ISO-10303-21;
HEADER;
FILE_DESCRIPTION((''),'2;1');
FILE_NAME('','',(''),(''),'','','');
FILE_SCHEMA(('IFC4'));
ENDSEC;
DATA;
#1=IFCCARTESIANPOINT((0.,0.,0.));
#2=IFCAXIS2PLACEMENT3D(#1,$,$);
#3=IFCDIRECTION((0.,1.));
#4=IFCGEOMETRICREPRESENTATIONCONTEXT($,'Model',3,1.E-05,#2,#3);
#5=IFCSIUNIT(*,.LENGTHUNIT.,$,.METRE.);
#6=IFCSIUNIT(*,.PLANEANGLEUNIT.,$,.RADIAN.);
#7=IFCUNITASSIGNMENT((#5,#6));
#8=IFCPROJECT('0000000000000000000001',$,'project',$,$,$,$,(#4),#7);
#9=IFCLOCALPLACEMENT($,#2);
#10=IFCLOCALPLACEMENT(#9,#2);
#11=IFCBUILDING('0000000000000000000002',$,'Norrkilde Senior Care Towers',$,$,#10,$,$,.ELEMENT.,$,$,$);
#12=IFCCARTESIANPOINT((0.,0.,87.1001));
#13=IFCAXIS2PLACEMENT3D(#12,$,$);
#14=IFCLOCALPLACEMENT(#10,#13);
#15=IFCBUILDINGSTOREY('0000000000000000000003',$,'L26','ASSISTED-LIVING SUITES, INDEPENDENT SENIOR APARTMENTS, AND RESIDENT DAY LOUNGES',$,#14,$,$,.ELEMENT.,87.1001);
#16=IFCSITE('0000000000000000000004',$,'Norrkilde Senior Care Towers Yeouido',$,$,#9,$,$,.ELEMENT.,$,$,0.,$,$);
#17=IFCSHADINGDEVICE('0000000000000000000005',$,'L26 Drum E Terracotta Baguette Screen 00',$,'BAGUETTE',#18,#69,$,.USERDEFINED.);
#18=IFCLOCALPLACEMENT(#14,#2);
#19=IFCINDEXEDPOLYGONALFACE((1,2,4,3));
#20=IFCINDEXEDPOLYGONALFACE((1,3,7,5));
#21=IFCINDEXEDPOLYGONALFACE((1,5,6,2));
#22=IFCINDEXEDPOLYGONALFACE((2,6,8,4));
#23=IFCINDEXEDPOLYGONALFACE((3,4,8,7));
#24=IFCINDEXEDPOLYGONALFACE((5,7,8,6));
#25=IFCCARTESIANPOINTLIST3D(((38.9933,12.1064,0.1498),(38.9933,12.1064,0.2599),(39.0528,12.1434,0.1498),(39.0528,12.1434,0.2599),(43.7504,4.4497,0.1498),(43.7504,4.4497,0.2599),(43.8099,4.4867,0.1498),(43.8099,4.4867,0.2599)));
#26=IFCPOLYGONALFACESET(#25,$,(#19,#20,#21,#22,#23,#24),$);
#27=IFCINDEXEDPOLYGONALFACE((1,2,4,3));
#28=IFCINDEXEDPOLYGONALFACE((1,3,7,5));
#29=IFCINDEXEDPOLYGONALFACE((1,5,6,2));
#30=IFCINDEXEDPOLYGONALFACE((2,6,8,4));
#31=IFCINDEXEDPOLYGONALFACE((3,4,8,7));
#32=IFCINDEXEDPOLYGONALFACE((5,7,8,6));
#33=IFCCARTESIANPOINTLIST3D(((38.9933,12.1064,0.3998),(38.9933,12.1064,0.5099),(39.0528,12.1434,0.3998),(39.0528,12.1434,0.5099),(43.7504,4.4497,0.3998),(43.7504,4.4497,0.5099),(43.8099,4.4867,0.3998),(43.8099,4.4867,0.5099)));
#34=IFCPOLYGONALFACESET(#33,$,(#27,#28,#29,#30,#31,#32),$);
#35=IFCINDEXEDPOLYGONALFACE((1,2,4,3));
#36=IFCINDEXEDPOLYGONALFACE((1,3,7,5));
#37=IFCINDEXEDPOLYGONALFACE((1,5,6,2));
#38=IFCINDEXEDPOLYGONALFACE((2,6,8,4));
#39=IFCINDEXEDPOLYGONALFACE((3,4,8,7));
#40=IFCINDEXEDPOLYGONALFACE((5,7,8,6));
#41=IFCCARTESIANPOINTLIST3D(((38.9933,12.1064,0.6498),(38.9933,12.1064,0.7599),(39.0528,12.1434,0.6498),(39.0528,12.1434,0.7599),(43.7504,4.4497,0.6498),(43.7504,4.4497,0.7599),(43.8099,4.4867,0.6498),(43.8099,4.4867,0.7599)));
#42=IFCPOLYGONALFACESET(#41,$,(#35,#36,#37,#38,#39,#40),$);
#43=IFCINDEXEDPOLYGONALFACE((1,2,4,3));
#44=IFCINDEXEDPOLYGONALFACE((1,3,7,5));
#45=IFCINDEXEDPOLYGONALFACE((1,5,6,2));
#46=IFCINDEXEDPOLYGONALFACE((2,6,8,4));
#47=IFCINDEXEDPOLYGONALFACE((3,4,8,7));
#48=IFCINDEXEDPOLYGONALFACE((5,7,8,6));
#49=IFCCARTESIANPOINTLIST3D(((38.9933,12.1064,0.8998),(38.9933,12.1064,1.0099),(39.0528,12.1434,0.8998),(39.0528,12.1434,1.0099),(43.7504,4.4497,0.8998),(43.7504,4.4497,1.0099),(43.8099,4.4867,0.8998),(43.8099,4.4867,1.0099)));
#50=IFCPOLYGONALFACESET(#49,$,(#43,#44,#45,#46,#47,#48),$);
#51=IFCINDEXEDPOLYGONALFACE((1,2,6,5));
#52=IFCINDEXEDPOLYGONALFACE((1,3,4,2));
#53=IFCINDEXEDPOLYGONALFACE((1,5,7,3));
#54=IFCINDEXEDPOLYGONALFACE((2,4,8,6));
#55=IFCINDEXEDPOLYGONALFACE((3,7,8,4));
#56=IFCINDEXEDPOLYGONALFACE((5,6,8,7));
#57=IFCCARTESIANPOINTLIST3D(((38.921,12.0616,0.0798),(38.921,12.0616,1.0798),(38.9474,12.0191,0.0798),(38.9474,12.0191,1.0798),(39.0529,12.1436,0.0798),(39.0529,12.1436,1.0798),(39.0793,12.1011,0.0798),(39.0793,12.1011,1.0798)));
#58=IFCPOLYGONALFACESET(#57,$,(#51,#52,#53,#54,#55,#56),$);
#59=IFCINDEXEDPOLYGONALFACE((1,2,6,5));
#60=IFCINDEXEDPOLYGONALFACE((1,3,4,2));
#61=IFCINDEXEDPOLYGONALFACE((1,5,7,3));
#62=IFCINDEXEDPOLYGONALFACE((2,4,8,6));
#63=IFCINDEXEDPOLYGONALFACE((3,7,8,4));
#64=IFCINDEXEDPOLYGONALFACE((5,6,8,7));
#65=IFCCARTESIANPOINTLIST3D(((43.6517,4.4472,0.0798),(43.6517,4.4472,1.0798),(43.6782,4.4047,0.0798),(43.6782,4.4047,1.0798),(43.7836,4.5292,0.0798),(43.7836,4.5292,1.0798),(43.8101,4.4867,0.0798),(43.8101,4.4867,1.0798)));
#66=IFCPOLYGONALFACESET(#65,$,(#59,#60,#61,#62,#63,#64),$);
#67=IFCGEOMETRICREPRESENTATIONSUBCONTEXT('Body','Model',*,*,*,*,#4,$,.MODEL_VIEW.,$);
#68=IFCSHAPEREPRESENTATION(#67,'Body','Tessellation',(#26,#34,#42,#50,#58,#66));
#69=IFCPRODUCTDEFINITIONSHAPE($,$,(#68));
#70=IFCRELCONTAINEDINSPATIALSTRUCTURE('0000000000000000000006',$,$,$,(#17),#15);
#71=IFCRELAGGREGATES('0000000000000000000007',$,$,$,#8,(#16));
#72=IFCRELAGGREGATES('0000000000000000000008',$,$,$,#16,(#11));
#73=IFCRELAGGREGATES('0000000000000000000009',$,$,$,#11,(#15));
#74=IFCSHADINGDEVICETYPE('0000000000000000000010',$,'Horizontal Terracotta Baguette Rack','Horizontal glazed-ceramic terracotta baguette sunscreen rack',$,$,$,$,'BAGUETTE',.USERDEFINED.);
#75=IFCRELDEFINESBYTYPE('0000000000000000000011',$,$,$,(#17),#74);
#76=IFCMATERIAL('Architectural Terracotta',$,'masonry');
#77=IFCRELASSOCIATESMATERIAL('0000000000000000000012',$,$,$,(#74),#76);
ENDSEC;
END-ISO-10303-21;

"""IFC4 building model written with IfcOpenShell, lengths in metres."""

from ifc_helpers import new_model, si_unit, direction, frame, origin, origin_2d, place, context, subcontext, project, spatial, rectangle, extrude, source, transform, mapped, material, type_object, type_shapes, element, save


model = new_model("IFC4")

# Units and contexts
model_context = context("Model", 3, precision=1e-05, world=origin(), true_north=direction((0.0, 1.0)))
body_context = subcontext(model_context, "Body", "Model", "MODEL_VIEW")
ifc_project = project(units=[si_unit("LENGTHUNIT", "METRE"), si_unit("PLANEANGLEUNIT", "RADIAN")], contexts=[model_context])

# Site, building, storey
site_placement = place(None, origin())
site = spatial("IfcSite", under=ifc_project, at=site_placement, Name="Norrkilde Senior Care Towers Yeouido", CompositionType="ELEMENT", RefElevation=0.0)
building_placement = place(site_placement, origin())
building = spatial("IfcBuilding", under=site, at=building_placement, Name="Norrkilde Senior Care Towers", CompositionType="ELEMENT")
storey_placement = place(building_placement, frame((0.0, 0.0, 87.1001)))
storey = spatial("IfcBuildingStorey", under=building, at=storey_placement, Name="L26", Description="ASSISTED-LIVING SUITES, INDEPENDENT SENIOR APARTMENTS, AND RESIDENT DAY LOUNGES", CompositionType="ELEMENT", Elevation=87.1001)

# Shading device
ifc_material_1 = material(Name="Architectural Terracotta", Category="masonry")
shading_device_type = type_object("IfcShadingDeviceType", Name="Horizontal Terracotta Baguette Rack", Description="Horizontal glazed-ceramic terracotta baguette sunscreen rack", ElementType="BAGUETTE", PredefinedType="USERDEFINED", material=ifc_material_1)
shared_shape_1 = source(origin(), body_context, "Body", "SweptSolid", [
    extrude(rectangle(XDim=0.0701, YDim=0.1101, at=origin_2d()), frame((0.0, 0.0901, 0.125), z_axis=(1.0, 0.0, 0.0), x_axis=(0.0, 1.0, 0.0)), (0.0, 0.0, 1.0), 9.0142),
    extrude(rectangle(XDim=0.0701, YDim=0.1101, at=origin_2d()), frame((0.0, 0.0901, 0.375), z_axis=(1.0, 0.0, 0.0), x_axis=(0.0, 1.0, 0.0)), (0.0, 0.0, 1.0), 9.0142),
    extrude(rectangle(XDim=0.0701, YDim=0.1101, at=origin_2d()), frame((0.0, 0.0901, 0.625), z_axis=(1.0, 0.0, 0.0), x_axis=(0.0, 1.0, 0.0)), (0.0, 0.0, 1.0), 9.0142),
    extrude(rectangle(XDim=0.0701, YDim=0.1101, at=origin_2d()), frame((0.0, 0.0901, 0.875), z_axis=(1.0, 0.0, 0.0), x_axis=(0.0, 1.0, 0.0)), (0.0, 0.0, 1.0), 9.0142),
    extrude(rectangle(XDim=0.05, YDim=0.1553, at=origin_2d()), frame((0.0249, 0.0476, 0.0)), (0.0, 0.0, 1.0), 1.0),
    extrude(rectangle(XDim=0.05, YDim=0.1553, at=origin_2d()), frame((8.9893, 0.0476, 0.0)), (0.0, 0.0, 1.0), 1.0),
])
type_shapes(shading_device_type, [shared_shape_1])
shading_device_placement = place(storey_placement, frame((38.9465, 12.0774, 0.0798), z_axis=(0.0, 0.0, 1.0), x_axis=(0.527734, -0.849412, 0.0)))
element("IfcShadingDevice", 1, at=shading_device_placement, inside=storey, type_object=shading_device_type, Name="L26 Drum E Terracotta Baguette Screen 00", ObjectType="BAGUETTE", PredefinedType="USERDEFINED", context=body_context, shape_type="MappedRepresentation", body=[
    mapped(shared_shape_1, transform((0.0, 0.0, 0.0), x_axis=(1.0, 0.0, 0.0), y_axis=(0.0, 1.0, 0.0), z_axis=(0.0, 0.0, 1.0), scale=1.0)),
])

save(model, "model.ifc")
